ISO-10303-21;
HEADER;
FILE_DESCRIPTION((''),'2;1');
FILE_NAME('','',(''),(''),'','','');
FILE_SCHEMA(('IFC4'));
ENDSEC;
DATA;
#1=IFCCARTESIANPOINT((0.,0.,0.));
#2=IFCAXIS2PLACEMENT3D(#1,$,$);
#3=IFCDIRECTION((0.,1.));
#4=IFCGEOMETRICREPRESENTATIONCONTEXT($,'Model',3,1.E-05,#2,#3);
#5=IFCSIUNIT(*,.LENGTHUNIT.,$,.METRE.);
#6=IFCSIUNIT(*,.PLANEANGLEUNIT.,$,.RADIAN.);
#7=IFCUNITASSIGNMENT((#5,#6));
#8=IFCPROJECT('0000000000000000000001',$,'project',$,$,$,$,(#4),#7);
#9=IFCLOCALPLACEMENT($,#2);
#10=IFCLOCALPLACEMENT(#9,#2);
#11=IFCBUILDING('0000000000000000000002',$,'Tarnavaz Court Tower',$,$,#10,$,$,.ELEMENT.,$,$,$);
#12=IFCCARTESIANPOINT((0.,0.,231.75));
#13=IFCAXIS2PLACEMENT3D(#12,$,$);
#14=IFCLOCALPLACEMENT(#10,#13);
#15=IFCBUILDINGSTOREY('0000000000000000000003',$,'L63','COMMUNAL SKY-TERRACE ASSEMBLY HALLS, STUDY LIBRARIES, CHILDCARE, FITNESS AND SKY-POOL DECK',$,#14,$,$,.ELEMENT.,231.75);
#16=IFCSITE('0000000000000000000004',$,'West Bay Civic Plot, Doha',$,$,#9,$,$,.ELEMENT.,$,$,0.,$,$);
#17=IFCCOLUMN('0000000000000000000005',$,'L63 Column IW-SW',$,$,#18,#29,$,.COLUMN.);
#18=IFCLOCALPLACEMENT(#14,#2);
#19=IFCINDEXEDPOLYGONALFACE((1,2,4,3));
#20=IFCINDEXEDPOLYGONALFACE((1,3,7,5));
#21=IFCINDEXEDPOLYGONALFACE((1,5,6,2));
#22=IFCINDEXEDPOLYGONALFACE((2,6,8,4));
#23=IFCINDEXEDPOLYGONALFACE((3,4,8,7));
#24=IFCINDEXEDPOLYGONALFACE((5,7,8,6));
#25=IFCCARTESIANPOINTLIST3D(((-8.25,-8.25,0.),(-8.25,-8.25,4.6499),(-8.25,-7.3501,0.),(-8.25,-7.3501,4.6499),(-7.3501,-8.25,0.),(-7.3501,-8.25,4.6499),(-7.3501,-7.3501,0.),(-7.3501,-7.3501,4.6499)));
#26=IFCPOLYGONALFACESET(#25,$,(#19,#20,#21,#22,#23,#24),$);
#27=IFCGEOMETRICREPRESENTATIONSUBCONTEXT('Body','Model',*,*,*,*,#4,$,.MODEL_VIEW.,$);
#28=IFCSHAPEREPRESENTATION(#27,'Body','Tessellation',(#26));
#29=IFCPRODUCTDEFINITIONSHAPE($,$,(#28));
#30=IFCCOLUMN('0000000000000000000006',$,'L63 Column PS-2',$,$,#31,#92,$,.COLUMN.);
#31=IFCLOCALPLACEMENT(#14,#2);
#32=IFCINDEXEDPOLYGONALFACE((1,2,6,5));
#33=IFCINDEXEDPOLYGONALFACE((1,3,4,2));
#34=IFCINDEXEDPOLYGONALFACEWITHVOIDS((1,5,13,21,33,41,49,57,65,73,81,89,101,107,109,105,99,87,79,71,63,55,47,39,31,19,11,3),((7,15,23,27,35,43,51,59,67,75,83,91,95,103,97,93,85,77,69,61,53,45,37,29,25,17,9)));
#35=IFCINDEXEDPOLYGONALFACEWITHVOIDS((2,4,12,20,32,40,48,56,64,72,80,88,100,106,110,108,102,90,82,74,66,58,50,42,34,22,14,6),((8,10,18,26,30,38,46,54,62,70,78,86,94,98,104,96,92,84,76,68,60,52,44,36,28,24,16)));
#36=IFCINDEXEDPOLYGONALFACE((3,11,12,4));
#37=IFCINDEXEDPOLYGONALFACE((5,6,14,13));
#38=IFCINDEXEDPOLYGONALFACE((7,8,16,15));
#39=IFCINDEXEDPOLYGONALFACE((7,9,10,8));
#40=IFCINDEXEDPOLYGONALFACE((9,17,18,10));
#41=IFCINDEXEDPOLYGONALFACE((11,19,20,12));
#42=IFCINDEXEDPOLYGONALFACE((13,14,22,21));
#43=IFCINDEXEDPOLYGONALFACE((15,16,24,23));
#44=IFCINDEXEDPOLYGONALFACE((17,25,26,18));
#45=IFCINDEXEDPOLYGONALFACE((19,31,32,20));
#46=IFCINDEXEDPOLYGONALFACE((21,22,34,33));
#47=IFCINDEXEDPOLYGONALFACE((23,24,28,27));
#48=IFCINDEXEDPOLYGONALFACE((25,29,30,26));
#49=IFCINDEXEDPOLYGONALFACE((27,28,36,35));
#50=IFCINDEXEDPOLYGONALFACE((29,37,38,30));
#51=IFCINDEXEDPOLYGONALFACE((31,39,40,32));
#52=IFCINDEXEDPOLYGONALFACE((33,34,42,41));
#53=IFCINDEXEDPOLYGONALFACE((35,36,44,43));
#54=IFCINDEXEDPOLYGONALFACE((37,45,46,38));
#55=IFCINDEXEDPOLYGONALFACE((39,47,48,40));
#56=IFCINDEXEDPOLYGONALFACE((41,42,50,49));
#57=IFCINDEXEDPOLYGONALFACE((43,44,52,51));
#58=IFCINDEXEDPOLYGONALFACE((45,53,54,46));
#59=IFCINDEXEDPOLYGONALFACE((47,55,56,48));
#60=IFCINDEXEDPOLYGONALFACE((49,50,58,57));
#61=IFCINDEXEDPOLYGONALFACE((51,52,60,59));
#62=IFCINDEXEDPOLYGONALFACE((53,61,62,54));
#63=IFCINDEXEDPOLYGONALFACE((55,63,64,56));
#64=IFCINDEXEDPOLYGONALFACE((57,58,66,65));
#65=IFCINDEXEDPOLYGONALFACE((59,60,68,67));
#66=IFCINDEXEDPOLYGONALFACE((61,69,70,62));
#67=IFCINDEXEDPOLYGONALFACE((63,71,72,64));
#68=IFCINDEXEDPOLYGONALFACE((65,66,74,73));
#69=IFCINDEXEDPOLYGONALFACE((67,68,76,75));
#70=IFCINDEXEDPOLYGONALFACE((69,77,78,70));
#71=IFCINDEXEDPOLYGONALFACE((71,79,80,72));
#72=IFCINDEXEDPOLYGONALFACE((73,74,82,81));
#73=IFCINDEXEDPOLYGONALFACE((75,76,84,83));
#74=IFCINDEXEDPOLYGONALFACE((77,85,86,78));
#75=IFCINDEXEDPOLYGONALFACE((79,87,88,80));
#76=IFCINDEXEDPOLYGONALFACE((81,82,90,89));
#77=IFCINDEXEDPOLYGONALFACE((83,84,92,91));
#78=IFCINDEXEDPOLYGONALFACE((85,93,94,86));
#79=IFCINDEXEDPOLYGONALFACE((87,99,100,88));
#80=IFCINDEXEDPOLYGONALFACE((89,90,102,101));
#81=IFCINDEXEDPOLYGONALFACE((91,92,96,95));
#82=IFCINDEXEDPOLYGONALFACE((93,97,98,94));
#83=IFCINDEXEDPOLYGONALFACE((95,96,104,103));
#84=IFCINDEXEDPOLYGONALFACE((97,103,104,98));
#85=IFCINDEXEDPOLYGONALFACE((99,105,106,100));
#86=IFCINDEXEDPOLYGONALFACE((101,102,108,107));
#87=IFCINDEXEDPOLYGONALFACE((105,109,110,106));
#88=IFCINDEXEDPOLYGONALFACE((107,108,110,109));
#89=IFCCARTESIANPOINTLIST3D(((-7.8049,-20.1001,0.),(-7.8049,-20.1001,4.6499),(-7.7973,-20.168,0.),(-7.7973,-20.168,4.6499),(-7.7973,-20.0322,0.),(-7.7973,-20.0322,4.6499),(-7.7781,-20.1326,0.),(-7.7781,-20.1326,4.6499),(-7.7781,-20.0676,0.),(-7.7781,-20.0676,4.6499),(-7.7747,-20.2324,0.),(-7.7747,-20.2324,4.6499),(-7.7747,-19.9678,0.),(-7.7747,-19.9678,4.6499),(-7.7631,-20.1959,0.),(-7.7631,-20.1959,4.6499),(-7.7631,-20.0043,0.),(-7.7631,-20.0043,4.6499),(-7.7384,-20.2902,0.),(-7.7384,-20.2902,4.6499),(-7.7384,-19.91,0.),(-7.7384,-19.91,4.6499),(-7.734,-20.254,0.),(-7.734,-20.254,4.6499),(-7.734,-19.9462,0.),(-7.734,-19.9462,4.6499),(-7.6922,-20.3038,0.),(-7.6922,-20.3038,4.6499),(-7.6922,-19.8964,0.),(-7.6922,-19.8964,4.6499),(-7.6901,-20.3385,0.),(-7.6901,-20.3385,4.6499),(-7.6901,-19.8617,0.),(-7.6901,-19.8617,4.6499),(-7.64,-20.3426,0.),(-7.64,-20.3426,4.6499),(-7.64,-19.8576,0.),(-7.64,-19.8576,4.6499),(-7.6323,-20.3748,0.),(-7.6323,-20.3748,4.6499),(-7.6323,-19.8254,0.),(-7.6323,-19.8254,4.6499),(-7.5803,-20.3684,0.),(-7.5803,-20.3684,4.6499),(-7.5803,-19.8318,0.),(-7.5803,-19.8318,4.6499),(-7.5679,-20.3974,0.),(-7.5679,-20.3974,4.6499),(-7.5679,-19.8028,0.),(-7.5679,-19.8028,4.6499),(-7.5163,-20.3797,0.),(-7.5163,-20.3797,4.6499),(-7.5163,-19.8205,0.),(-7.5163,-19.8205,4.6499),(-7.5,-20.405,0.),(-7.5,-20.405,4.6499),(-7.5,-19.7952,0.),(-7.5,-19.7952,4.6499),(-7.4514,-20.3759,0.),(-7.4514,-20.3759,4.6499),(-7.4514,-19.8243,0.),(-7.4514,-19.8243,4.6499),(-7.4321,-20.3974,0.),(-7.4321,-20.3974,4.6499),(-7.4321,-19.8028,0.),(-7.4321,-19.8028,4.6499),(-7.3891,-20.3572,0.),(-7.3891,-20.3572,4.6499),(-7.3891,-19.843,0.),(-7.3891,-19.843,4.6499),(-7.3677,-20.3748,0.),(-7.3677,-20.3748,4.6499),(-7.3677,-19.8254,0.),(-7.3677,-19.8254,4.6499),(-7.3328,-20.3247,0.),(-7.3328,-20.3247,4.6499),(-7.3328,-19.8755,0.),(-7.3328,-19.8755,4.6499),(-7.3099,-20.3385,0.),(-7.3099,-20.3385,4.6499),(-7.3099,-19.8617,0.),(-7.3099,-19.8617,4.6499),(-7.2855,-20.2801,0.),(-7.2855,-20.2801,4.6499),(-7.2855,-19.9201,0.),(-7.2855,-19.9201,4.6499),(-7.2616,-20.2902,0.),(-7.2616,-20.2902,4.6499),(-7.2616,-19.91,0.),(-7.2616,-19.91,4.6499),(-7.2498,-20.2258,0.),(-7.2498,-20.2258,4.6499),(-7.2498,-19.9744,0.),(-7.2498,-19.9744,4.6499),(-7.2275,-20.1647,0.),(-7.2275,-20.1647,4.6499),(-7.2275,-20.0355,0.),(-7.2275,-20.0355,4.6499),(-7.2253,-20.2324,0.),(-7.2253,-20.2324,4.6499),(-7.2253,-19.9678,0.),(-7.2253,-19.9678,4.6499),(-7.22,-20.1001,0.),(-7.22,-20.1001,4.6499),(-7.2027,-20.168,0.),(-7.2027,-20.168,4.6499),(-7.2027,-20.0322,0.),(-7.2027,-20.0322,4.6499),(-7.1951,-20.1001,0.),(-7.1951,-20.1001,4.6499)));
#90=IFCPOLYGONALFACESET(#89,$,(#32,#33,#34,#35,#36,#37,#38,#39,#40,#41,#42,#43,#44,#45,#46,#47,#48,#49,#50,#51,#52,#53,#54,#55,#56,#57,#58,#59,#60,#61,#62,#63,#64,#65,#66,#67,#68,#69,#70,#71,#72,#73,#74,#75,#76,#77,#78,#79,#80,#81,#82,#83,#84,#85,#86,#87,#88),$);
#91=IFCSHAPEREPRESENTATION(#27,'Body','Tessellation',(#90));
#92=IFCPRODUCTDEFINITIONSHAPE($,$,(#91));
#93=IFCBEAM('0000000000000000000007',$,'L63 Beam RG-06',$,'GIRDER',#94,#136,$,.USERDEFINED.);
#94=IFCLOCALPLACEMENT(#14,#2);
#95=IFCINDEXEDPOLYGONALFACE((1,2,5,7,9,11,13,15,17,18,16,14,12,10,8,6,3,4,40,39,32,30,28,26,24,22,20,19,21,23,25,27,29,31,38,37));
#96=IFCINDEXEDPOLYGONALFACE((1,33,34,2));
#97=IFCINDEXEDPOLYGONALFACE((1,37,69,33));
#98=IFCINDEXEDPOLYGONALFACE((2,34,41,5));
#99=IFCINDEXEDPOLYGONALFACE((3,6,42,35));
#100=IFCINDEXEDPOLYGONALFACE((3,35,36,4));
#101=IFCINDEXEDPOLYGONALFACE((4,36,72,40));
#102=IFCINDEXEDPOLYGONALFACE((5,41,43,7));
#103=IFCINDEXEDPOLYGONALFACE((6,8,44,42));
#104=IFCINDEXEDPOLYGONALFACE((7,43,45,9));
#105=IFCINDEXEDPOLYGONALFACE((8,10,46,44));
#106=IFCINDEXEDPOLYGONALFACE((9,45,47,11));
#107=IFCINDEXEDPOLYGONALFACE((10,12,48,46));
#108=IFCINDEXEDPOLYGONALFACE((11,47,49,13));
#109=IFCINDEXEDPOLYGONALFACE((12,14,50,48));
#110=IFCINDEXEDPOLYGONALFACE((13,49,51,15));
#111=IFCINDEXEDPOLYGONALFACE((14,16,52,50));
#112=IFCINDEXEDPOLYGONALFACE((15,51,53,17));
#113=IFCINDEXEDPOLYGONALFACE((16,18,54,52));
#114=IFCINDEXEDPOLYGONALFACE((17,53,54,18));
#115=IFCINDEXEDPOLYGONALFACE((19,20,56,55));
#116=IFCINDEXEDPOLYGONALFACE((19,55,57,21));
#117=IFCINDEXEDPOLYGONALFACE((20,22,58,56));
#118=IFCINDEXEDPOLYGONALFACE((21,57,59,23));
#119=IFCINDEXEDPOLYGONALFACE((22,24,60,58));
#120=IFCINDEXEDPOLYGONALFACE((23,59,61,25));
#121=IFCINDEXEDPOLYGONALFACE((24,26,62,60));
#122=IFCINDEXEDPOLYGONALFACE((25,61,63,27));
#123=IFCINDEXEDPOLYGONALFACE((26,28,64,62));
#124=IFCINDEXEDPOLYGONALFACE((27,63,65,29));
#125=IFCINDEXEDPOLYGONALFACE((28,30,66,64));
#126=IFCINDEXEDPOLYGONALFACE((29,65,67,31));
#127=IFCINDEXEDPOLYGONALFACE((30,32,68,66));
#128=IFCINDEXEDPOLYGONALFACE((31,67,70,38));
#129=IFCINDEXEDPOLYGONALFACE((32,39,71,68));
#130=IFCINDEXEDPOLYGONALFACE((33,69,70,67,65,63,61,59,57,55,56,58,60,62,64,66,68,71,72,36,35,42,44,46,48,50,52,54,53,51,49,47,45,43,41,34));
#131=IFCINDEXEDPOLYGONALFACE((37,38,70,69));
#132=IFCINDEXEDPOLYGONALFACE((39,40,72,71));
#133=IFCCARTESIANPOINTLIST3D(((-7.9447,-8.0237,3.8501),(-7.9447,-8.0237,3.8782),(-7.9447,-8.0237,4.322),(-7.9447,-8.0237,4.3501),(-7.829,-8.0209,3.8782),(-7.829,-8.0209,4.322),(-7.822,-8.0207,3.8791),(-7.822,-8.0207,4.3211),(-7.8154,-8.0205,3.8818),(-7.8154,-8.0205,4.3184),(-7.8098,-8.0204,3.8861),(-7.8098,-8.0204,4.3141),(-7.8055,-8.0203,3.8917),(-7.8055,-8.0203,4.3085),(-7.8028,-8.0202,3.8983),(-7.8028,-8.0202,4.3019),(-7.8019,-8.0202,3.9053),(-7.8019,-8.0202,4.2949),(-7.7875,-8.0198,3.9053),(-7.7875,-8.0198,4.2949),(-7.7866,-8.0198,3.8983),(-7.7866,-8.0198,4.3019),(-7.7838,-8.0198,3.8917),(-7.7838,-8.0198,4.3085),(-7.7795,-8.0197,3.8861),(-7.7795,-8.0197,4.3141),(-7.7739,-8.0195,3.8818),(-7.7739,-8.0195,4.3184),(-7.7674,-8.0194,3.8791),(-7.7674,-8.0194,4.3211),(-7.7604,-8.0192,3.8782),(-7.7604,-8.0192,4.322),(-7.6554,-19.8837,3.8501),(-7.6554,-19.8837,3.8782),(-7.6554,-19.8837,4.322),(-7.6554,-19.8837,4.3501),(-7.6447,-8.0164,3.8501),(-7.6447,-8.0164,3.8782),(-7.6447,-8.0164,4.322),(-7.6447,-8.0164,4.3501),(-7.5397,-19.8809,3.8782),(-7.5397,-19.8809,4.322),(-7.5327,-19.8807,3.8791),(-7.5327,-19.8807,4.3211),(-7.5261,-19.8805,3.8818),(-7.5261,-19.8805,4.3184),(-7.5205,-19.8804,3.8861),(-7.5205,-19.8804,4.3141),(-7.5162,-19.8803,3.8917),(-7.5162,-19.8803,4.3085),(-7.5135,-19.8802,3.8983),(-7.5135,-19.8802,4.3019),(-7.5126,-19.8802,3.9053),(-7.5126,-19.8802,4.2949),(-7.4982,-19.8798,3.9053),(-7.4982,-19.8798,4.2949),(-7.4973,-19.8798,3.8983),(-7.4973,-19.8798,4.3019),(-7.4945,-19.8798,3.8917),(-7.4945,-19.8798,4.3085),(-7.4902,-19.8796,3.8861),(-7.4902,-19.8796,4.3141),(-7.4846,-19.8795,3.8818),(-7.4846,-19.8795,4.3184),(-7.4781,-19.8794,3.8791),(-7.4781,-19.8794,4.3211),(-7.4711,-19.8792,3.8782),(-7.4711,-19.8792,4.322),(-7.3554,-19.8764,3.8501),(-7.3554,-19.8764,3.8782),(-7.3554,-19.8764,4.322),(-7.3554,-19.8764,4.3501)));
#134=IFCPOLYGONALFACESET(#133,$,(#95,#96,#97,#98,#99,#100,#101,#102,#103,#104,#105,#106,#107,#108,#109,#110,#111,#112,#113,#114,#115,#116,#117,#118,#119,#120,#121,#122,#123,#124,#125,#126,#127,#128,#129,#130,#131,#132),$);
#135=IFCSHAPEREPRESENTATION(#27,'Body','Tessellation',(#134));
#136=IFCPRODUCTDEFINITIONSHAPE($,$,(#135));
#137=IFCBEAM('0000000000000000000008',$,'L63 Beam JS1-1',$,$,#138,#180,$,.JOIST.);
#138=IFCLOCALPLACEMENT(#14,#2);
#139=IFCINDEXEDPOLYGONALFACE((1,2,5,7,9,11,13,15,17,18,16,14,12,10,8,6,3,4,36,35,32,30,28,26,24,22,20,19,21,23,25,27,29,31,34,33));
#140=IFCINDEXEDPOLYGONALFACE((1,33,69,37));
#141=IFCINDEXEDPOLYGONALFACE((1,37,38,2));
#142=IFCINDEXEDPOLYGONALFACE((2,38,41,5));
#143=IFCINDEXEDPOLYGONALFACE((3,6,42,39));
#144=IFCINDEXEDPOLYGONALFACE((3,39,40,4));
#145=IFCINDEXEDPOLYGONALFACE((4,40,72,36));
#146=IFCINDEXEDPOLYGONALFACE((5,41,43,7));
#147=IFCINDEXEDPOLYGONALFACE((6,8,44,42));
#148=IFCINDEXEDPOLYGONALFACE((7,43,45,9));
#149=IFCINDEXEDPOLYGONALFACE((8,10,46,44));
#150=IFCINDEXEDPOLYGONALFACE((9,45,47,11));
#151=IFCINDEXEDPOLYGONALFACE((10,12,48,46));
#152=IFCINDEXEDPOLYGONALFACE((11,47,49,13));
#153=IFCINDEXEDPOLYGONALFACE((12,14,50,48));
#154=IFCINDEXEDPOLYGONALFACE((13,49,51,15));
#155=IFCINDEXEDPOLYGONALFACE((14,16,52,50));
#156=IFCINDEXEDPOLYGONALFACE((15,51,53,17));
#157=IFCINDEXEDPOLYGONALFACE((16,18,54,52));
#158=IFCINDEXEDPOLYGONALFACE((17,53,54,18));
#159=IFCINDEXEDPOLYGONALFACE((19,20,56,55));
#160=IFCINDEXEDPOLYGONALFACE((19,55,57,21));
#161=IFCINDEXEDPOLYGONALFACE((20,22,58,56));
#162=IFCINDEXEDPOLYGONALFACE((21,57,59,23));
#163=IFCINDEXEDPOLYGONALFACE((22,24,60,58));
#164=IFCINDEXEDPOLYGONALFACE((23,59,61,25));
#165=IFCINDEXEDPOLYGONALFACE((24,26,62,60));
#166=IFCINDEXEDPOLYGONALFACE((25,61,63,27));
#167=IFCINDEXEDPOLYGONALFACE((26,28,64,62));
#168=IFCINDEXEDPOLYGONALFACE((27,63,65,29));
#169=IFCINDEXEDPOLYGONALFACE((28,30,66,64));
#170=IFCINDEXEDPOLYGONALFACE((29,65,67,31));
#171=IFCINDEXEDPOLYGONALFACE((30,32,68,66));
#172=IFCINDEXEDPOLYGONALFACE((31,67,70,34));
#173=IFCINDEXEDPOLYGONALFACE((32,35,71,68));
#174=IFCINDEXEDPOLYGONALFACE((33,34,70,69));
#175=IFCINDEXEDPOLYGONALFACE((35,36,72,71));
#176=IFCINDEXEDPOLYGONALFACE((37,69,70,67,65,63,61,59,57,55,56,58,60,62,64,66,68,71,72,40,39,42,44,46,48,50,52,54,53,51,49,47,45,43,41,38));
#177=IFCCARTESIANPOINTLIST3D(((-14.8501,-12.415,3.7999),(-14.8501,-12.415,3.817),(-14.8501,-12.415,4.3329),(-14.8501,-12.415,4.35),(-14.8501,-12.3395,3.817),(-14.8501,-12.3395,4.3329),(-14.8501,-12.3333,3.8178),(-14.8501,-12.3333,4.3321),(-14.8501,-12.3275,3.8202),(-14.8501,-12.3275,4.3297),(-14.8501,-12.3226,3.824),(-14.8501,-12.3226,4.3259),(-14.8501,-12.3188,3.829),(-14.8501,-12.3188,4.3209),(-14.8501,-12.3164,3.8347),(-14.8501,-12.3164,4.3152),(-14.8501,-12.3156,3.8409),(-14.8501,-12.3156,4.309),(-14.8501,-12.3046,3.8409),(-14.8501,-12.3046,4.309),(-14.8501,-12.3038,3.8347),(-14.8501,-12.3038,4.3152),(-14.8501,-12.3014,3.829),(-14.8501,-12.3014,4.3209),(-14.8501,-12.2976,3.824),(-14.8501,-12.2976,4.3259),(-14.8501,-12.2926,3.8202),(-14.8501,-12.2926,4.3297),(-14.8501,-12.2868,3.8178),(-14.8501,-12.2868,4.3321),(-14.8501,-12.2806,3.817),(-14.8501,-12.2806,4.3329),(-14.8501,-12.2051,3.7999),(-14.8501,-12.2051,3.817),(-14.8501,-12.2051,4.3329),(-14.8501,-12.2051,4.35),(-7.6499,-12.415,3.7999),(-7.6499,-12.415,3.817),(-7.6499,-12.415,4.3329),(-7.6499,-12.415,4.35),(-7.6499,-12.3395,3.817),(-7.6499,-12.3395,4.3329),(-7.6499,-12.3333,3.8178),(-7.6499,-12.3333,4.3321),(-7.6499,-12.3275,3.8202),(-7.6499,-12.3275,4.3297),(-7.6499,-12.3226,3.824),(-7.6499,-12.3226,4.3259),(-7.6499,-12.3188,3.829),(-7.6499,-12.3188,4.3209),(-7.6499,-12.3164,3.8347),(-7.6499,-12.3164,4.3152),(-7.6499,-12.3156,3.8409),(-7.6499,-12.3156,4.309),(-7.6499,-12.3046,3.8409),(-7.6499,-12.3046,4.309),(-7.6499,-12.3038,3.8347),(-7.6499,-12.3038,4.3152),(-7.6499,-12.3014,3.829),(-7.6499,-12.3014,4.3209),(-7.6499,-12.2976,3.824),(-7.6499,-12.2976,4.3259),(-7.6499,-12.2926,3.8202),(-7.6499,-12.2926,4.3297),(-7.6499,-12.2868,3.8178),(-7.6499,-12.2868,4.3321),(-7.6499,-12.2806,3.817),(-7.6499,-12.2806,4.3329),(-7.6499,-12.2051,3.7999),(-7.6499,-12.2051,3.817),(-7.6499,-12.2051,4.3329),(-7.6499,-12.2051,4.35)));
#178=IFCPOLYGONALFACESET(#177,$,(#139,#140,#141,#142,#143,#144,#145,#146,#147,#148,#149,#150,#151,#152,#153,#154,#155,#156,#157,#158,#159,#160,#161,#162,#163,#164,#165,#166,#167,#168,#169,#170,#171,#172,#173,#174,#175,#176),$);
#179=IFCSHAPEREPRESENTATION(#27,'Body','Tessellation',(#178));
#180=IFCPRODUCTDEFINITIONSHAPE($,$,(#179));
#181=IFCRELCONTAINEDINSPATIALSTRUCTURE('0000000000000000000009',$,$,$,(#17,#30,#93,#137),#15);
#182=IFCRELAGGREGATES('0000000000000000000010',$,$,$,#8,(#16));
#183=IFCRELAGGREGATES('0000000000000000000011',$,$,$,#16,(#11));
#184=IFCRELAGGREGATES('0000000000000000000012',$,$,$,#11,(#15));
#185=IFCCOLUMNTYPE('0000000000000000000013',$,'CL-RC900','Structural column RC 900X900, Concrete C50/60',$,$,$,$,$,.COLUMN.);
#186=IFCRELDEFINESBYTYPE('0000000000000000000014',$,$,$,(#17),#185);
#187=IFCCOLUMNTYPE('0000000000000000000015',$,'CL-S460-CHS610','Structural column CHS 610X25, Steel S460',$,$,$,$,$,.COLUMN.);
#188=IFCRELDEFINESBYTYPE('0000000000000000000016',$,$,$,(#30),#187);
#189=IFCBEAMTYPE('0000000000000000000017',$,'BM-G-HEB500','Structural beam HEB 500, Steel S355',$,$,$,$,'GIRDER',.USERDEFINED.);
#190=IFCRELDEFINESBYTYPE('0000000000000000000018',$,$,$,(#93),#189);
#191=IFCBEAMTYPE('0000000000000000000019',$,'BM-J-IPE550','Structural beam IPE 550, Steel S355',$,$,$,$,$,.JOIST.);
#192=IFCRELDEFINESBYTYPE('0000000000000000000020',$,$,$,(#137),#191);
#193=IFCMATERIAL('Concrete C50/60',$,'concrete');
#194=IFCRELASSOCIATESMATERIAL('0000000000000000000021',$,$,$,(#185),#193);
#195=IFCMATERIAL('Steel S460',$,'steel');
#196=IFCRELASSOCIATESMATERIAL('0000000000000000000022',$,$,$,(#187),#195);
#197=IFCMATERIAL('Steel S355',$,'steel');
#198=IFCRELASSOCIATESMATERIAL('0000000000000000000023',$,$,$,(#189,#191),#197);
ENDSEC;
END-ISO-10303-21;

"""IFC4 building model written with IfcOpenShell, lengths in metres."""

from ifc_helpers import new_model, si_unit, direction, frame, origin, origin_2d, place, context, subcontext, project, spatial, rectangle, hollow_circle, i_section, extrude, material, material_profile, profile_set, type_object, element, save


model = new_model("IFC4")

# Units and contexts
model_context = context("Model", 3, precision=1e-05, world=origin(), true_north=direction((0.0, 1.0)))
body_context = subcontext(model_context, "Body", "Model", "MODEL_VIEW")
ifc_project = project(units=[si_unit("LENGTHUNIT", "METRE"), si_unit("PLANEANGLEUNIT", "RADIAN")], contexts=[model_context])

# Site, building, storey
site_placement = place(None, origin())
site = spatial("IfcSite", under=ifc_project, at=site_placement, Name="West Bay Civic Plot, Doha", CompositionType="ELEMENT", RefElevation=0.0)
building_placement = place(site_placement, origin())
building = spatial("IfcBuilding", under=site, at=building_placement, Name="Tarnavaz Court Tower", CompositionType="ELEMENT")
storey_placement = place(building_placement, frame((0.0, 0.0, 231.75)))
storey = spatial("IfcBuildingStorey", under=building, at=storey_placement, Name="L63", Description="COMMUNAL SKY-TERRACE ASSEMBLY HALLS, STUDY LIBRARIES, CHILDCARE, FITNESS AND SKY-POOL DECK", CompositionType="ELEMENT", Elevation=231.75)

# Columns
ifc_material_1 = material(Name="Concrete C50/60", Category="concrete")
ifc_material_profile_1 = material_profile(ifc_material_1, rectangle(XDim=0.8999, YDim=0.8999, at=origin_2d()), Name="RC 900X900")
ifc_profile_set_1 = profile_set([ifc_material_profile_1], Name="Concrete C50/60")
column_type_1 = type_object("IfcColumnType", Name="CL-RC900", Description="Structural column RC 900X900, Concrete C50/60", PredefinedType="COLUMN", material=ifc_profile_set_1)
column_1_placement = place(storey_placement, frame((-7.8, -7.8, 0.0), z_axis=(0.0, 0.0, 1.0), x_axis=(1.0, 0.0, 0.0)))
element("IfcColumn", 1, at=column_1_placement, inside=storey, type_object=column_type_1, Name="L63 Column IW-SW", PredefinedType="COLUMN", context=body_context, shape_type="SweptSolid", body=[
    extrude(rectangle(XDim=0.8999, YDim=0.8999, at=origin_2d()), origin(), (0.0, 0.0, 1.0), 4.6499),
])
ifc_material_2 = material(Name="Steel S460", Category="steel")
ifc_material_profile_2 = material_profile(ifc_material_2, hollow_circle(Radius=0.3049, WallThickness=0.0249, at=origin_2d()), Name="CHS 610X25")
ifc_profile_set_2 = profile_set([ifc_material_profile_2], Name="Steel S460")
column_type_2 = type_object("IfcColumnType", Name="CL-S460-CHS610", Description="Structural column CHS 610X25, Steel S460", PredefinedType="COLUMN", material=ifc_profile_set_2)
column_2_placement = place(storey_placement, frame((-7.5, -20.1001, 0.0), z_axis=(0.0, 0.0, 1.0), x_axis=(1.0, 0.0, 0.0)))
element("IfcColumn", 2, at=column_2_placement, inside=storey, type_object=column_type_2, Name="L63 Column PS-2", PredefinedType="COLUMN", context=body_context, shape_type="SweptSolid", body=[
    extrude(hollow_circle(Radius=0.3049, WallThickness=0.0249, at=origin_2d()), origin(), (0.0, 0.0, 1.0), 4.6499),
])

# Beams
ifc_material_3 = material(Name="Steel S355", Category="steel")
ifc_material_profile_3 = material_profile(ifc_material_3, i_section(OverallWidth=0.3, OverallDepth=0.5, WebThickness=0.0144, FlangeThickness=0.0281, FilletRadius=0.0271, at=origin_2d()), Name="HEB 500")
ifc_profile_set_3 = profile_set([ifc_material_profile_3], Name="Steel S355")
beam_type_1 = type_object("IfcBeamType", Name="BM-G-HEB500", Description="Structural beam HEB 500, Steel S355", ElementType="GIRDER", PredefinedType="USERDEFINED", material=ifc_profile_set_3)
beam_1_placement = place(storey_placement, frame((-7.7947, -8.02, 4.1001), z_axis=(0.024386, -0.999703, 0.0), x_axis=(0.999703, 0.024386, 0.0)))
element("IfcBeam", 3, at=beam_1_placement, inside=storey, type_object=beam_type_1, Name="L63 Beam RG-06", ObjectType="GIRDER", PredefinedType="USERDEFINED", context=body_context, shape_type="SweptSolid", body=[
    extrude(i_section(OverallWidth=0.3, OverallDepth=0.5, WebThickness=0.0144, FlangeThickness=0.0281, FilletRadius=0.0271, at=origin_2d()), origin(), (0.0, 0.0, 1.0), 11.8635),
])
ifc_material_profile_4 = material_profile(ifc_material_3, i_section(OverallWidth=0.21, OverallDepth=0.55, WebThickness=0.011, FlangeThickness=0.0171, FilletRadius=0.0239, at=origin_2d()), Name="IPE 550")
ifc_profile_set_4 = profile_set([ifc_material_profile_4], Name="Steel S355")
beam_type_2 = type_object("IfcBeamType", Name="BM-J-IPE550", Description="Structural beam IPE 550, Steel S355", PredefinedType="JOIST", material=ifc_profile_set_4)
beam_2_placement = place(storey_placement, frame((-14.8501, -12.3101, 4.075), z_axis=(1.0, 0.0, 0.0), x_axis=(0.0, 1.0, 0.0)))
element("IfcBeam", 4, at=beam_2_placement, inside=storey, type_object=beam_type_2, Name="L63 Beam JS1-1", PredefinedType="JOIST", context=body_context, shape_type="SweptSolid", body=[
    extrude(i_section(OverallWidth=0.21, OverallDepth=0.55, WebThickness=0.011, FlangeThickness=0.0171, FilletRadius=0.0239, at=origin_2d()), origin(), (0.0, 0.0, 1.0), 7.2002),
])

save(model, "model.ifc")
